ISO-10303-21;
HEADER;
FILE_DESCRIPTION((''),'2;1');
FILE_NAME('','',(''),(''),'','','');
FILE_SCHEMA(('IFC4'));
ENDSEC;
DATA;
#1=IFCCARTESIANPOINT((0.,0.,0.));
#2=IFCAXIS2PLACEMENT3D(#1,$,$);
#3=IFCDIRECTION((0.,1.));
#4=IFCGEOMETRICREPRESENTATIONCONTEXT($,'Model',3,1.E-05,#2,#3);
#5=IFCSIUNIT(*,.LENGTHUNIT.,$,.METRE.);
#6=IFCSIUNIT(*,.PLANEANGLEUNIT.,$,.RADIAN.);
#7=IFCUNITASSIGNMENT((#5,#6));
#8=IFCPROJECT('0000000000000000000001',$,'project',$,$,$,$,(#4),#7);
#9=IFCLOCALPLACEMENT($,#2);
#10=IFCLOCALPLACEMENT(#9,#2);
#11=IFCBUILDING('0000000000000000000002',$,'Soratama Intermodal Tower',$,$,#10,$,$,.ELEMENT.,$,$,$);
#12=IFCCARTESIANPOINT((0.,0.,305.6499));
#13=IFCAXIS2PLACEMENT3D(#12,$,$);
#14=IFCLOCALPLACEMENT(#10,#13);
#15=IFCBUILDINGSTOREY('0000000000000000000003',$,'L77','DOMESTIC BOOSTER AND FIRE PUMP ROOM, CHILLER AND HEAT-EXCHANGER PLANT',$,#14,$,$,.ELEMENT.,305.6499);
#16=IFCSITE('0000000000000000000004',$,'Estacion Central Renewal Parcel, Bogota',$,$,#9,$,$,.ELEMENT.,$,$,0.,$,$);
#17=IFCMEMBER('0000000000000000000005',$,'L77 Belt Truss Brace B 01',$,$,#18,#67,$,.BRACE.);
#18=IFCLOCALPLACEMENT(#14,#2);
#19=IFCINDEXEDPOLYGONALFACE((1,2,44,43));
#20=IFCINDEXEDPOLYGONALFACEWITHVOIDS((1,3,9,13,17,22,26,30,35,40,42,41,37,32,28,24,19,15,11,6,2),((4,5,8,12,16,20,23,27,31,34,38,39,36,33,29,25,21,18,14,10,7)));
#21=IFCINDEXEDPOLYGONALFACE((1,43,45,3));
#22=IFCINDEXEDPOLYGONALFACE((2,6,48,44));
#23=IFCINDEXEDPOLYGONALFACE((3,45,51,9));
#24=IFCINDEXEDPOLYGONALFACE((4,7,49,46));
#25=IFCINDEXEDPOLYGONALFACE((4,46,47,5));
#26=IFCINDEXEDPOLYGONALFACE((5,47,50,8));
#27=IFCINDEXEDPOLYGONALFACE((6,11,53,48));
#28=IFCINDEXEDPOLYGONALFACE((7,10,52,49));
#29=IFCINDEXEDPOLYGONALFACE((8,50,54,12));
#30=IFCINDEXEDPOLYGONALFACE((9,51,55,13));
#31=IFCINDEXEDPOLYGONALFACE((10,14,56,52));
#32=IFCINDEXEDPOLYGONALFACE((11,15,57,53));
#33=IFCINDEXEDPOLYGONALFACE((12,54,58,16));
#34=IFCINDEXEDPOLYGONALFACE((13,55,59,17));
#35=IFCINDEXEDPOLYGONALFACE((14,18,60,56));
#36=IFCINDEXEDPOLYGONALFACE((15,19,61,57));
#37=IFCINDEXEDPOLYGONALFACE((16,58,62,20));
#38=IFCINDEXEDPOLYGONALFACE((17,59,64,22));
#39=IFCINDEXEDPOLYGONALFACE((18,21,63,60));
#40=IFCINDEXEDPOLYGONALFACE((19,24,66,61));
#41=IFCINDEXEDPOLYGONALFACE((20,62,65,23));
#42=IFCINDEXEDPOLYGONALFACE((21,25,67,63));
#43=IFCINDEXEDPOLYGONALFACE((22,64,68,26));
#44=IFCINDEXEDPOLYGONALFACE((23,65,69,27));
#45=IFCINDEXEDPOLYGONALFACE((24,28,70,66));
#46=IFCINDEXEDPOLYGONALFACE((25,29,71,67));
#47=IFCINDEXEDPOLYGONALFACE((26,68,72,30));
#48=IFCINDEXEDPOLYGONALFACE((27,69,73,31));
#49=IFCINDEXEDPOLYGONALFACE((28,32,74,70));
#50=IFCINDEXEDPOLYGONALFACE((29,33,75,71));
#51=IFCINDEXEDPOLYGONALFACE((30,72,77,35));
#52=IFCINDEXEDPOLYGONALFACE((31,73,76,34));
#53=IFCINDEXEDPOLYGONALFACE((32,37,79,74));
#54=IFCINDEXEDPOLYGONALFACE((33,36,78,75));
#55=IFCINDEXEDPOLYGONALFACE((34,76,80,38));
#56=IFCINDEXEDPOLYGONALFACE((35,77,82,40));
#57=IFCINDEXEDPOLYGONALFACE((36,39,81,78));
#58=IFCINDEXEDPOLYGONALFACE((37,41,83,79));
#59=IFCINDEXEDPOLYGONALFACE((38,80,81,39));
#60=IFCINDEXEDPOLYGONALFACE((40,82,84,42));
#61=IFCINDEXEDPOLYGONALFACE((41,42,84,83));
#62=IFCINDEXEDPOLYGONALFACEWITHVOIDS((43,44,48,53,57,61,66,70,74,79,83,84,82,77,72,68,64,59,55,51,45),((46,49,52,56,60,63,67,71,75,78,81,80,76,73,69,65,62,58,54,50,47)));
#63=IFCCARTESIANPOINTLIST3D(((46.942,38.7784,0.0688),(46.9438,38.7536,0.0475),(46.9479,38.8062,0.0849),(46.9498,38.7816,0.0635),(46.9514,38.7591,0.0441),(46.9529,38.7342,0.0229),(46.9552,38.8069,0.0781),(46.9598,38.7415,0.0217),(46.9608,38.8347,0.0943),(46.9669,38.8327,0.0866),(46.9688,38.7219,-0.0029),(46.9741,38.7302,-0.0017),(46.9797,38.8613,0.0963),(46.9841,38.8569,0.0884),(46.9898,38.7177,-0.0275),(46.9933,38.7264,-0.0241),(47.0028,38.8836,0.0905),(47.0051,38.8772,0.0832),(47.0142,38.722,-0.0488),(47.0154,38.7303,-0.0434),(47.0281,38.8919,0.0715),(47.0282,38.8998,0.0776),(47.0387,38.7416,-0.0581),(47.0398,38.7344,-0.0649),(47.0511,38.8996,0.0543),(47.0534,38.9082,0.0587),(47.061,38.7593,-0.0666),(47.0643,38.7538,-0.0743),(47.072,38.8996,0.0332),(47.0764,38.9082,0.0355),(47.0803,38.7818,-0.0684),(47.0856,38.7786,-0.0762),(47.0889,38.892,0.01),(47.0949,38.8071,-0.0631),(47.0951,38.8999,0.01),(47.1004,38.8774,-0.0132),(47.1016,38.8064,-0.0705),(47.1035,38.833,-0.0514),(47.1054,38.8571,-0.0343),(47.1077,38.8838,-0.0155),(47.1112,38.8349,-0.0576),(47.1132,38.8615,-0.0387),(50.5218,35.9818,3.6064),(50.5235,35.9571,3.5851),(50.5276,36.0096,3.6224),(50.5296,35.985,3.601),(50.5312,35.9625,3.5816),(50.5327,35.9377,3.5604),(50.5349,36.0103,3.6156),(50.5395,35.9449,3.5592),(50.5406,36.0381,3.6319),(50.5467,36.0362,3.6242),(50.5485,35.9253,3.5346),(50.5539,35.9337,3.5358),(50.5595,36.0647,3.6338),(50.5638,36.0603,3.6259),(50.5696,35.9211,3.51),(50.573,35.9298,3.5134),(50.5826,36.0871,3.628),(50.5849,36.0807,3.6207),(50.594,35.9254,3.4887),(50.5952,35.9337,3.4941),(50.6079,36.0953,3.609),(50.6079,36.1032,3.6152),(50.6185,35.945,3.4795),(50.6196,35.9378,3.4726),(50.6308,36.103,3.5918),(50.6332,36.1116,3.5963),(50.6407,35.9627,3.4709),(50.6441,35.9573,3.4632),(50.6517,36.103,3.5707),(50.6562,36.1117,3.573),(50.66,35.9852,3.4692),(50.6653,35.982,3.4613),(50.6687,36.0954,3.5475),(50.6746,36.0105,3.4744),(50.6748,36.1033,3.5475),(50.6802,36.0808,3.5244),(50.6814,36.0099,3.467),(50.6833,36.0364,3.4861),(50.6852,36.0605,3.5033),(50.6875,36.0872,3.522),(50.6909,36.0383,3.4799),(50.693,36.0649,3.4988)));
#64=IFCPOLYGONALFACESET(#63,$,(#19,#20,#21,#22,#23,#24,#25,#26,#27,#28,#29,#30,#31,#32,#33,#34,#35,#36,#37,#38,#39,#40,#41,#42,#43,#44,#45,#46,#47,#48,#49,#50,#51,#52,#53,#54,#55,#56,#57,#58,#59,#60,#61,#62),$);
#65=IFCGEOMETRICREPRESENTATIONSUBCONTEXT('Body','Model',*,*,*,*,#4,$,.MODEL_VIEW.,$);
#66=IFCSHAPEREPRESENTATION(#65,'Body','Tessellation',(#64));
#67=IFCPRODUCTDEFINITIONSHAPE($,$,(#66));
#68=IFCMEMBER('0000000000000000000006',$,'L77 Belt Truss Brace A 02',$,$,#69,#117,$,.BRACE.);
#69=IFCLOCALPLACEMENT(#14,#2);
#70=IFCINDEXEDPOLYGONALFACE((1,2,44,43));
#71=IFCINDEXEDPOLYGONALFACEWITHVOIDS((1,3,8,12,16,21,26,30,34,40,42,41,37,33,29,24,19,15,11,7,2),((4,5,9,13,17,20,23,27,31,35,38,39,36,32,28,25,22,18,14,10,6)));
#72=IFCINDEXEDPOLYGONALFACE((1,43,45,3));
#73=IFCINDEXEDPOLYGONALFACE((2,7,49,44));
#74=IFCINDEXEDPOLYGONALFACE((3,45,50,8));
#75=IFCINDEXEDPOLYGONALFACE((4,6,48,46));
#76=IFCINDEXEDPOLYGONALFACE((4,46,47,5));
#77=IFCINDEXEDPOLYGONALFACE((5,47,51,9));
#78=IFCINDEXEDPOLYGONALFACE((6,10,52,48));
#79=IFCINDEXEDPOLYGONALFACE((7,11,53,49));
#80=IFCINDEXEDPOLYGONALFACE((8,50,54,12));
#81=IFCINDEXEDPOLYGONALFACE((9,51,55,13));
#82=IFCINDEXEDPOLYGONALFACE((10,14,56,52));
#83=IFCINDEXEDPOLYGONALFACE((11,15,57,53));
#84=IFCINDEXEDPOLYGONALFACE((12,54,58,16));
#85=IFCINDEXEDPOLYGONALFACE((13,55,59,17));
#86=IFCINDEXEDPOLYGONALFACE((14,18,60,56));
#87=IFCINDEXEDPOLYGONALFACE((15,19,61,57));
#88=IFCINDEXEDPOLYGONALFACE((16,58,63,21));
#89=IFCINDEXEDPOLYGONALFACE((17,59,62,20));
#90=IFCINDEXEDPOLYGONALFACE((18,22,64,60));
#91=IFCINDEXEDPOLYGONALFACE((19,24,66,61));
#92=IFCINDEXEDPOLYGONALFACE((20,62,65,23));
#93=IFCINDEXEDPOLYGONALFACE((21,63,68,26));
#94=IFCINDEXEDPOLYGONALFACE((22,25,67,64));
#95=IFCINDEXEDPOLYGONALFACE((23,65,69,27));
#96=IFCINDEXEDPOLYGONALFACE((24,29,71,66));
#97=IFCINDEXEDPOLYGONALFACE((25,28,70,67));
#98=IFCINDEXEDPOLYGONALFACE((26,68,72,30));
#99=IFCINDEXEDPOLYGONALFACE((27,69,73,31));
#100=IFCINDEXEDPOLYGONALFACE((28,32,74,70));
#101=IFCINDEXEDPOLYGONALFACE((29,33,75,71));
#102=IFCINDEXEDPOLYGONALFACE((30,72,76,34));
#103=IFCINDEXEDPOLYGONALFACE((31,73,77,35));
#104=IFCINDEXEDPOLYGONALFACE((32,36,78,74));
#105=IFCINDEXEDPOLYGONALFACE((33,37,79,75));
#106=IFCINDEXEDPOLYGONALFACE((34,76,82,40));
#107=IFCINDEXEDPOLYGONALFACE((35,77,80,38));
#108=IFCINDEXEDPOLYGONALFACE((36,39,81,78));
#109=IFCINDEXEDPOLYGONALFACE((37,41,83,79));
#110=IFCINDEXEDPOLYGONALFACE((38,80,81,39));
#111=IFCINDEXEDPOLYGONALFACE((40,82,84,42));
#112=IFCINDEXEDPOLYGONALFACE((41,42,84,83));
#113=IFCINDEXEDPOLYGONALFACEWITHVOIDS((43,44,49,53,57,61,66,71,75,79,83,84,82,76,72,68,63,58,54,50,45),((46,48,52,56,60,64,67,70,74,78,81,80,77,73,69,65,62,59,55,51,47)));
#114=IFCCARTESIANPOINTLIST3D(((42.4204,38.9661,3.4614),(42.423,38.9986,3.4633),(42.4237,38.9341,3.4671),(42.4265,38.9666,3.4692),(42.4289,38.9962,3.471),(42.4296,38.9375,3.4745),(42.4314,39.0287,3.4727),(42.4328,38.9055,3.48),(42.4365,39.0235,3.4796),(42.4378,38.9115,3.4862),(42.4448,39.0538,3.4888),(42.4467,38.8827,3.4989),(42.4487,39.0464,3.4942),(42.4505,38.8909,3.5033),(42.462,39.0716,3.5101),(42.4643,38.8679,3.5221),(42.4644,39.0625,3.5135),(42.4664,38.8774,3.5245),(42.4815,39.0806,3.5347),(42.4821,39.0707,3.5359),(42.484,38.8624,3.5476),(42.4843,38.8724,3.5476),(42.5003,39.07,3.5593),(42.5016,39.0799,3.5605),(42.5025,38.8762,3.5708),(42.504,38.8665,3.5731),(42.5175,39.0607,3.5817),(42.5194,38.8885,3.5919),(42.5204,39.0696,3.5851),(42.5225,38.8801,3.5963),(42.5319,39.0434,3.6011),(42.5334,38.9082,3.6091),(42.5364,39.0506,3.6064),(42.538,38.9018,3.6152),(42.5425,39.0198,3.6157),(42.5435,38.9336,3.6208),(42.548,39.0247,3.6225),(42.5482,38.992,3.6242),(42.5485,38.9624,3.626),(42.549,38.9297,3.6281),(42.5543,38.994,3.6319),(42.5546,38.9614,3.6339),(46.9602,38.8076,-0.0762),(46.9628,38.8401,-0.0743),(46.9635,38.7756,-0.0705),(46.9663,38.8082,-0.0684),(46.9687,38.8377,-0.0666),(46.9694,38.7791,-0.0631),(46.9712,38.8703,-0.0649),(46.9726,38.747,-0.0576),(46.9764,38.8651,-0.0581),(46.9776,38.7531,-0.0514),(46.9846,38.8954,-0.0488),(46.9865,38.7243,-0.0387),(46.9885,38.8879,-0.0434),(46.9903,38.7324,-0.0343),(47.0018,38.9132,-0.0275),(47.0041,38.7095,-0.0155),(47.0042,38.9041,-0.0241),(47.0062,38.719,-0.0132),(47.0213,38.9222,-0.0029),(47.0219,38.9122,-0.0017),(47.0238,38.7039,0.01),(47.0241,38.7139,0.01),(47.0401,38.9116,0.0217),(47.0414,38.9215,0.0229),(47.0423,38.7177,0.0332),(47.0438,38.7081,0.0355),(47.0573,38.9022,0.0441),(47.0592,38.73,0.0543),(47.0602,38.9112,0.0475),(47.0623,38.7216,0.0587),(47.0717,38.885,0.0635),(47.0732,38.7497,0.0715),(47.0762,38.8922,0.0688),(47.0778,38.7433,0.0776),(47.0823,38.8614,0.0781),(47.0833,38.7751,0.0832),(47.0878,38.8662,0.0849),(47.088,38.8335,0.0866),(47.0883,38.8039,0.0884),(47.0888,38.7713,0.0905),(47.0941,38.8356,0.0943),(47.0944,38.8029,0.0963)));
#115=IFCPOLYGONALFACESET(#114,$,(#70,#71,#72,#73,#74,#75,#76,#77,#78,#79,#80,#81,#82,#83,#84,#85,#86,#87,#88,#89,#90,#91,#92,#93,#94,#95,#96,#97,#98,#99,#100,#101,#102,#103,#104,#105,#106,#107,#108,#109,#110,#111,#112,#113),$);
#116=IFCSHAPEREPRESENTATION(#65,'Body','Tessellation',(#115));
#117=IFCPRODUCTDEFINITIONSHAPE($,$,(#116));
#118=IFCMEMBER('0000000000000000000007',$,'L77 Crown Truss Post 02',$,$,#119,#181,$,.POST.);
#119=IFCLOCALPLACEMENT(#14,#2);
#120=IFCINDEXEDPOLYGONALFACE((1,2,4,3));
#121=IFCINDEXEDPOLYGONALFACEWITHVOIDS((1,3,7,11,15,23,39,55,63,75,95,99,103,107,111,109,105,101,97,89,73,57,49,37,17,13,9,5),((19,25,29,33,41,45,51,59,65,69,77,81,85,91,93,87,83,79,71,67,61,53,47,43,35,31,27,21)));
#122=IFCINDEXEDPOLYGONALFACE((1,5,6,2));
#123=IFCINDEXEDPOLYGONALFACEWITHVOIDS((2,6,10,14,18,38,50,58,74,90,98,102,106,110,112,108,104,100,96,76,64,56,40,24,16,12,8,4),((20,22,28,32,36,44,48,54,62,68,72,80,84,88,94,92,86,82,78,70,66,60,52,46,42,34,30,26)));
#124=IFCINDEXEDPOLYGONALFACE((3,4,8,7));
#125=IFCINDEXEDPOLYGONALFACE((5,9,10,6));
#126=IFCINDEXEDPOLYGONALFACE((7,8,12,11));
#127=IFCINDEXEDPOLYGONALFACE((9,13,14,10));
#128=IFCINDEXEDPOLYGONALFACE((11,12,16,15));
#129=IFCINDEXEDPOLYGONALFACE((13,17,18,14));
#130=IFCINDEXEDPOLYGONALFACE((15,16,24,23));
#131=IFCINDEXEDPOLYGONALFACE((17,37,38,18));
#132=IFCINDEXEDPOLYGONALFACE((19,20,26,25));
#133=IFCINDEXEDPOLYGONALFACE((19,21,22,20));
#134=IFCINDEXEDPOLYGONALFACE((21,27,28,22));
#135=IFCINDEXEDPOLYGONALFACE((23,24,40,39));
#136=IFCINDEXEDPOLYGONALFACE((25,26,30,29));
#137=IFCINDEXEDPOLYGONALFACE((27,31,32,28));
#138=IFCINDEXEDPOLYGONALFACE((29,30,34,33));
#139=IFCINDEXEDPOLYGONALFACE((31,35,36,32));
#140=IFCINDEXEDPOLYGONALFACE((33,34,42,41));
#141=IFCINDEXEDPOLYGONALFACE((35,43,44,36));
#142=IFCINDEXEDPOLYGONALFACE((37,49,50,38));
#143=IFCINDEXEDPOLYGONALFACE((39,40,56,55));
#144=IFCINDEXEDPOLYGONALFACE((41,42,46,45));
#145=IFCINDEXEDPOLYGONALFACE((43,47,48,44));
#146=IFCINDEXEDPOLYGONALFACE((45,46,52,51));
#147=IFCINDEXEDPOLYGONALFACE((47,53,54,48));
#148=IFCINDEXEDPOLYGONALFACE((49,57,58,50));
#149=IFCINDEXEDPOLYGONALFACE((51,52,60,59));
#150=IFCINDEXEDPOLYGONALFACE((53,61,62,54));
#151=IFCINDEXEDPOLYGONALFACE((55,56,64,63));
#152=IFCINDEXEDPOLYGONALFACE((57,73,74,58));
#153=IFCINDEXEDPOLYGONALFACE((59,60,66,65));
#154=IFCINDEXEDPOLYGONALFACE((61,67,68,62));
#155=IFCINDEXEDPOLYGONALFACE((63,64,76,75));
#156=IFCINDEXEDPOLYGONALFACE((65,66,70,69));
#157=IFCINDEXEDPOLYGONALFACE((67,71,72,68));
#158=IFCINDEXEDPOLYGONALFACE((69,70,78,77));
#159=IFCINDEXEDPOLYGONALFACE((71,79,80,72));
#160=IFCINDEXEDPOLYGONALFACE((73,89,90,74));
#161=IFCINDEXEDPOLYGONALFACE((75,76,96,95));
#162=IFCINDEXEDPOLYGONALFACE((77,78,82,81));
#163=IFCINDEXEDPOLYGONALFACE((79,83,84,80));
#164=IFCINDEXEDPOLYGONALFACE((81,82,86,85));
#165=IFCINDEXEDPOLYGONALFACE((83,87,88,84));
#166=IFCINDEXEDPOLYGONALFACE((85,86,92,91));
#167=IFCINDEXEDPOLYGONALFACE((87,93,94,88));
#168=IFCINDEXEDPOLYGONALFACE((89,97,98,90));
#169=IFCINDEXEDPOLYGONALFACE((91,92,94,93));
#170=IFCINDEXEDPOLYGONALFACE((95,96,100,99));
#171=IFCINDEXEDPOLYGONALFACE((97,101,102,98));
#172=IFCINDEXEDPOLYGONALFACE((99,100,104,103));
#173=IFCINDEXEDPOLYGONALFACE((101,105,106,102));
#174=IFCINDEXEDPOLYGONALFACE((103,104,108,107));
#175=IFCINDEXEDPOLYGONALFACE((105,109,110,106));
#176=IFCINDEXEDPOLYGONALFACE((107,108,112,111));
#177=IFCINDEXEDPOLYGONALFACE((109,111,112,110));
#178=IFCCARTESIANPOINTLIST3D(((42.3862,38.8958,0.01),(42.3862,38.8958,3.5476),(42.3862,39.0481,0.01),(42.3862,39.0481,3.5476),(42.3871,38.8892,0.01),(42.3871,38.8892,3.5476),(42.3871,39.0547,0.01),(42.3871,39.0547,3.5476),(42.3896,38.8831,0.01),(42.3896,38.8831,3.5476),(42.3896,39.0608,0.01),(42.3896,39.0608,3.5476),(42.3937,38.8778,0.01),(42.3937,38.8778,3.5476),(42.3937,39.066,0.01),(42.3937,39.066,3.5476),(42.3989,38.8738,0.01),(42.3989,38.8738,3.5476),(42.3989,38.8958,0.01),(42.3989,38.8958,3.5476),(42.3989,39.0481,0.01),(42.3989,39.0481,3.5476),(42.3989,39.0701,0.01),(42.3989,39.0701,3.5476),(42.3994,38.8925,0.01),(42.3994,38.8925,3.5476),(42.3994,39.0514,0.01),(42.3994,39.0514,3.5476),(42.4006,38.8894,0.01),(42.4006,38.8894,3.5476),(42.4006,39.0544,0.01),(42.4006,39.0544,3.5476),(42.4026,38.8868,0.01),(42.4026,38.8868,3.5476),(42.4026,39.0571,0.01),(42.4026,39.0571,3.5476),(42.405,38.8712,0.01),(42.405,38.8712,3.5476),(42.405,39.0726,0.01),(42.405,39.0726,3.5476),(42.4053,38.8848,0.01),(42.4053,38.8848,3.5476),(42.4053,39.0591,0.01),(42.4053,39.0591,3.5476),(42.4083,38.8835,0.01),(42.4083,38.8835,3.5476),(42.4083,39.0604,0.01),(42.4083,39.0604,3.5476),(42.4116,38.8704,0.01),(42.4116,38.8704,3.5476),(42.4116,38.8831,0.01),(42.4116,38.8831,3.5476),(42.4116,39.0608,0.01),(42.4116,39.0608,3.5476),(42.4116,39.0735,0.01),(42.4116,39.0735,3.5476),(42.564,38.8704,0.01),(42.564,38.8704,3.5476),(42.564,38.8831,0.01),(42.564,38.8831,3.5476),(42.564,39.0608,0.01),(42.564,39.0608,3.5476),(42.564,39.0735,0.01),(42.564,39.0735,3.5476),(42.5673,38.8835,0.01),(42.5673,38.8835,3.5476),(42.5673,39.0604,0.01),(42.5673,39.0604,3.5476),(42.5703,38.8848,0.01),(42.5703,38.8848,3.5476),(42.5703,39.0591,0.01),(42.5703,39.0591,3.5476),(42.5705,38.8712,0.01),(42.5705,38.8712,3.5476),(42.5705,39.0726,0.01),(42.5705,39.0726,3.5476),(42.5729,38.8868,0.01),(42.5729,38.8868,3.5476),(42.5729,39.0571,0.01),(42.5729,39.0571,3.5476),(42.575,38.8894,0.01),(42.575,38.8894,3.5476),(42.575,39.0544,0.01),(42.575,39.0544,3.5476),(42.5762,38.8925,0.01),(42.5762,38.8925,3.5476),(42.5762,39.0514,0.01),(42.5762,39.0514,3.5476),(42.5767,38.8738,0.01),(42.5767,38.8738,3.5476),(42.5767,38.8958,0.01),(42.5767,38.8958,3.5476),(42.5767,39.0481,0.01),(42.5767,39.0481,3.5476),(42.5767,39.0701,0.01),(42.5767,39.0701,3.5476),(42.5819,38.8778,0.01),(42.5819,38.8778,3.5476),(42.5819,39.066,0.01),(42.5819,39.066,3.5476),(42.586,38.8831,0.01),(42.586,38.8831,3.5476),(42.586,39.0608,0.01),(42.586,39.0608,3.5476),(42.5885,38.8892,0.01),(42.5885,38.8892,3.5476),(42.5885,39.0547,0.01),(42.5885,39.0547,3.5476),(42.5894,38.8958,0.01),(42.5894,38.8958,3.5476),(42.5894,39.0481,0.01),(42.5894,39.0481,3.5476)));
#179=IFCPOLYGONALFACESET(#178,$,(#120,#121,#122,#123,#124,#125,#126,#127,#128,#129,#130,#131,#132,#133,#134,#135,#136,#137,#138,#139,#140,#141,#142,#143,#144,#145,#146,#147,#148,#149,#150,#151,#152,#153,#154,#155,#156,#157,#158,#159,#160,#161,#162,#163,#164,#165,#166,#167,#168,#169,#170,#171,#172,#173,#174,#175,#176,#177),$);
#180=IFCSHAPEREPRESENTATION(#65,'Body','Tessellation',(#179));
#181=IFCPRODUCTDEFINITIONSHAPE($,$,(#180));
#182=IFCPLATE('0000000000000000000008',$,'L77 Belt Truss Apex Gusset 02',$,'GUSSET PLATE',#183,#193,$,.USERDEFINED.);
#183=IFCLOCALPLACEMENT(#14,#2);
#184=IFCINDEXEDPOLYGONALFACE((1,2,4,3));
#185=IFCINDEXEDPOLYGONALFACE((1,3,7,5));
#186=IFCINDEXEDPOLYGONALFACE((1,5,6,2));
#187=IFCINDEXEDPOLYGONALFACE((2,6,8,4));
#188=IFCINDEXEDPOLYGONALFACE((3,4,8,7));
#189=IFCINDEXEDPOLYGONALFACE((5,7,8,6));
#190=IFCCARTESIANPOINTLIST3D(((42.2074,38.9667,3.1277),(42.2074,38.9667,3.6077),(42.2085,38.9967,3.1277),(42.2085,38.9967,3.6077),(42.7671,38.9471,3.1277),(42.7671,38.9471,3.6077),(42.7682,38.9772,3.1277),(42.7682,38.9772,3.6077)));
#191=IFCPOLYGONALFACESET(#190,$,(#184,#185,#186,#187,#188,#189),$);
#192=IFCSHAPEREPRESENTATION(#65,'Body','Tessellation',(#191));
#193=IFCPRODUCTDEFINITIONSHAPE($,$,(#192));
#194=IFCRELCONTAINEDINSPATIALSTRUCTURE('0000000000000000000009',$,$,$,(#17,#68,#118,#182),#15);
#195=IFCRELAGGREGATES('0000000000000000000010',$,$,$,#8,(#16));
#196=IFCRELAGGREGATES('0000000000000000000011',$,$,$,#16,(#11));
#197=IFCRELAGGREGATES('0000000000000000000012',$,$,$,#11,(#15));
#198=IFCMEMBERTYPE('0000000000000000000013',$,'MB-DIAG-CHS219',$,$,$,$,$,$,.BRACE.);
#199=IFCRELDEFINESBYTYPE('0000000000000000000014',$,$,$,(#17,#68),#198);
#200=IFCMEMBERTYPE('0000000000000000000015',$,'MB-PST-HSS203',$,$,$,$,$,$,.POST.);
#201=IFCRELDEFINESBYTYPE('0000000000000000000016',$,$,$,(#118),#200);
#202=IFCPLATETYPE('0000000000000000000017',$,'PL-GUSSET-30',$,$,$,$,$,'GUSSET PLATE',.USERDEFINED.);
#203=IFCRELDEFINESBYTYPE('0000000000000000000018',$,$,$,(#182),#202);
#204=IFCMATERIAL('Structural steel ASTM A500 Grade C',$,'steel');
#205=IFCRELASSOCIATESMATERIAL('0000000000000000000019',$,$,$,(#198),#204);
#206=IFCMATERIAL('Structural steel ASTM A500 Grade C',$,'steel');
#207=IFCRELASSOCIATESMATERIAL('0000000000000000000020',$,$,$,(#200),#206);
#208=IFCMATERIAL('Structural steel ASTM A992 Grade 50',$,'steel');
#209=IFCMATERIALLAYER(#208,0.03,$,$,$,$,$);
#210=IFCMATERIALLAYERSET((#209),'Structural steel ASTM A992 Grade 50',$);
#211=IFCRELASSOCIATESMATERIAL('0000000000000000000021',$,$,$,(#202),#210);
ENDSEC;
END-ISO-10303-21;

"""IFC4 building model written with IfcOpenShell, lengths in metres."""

from ifc_helpers import new_model, si_unit, direction, frame, origin, origin_2d, place, context, subcontext, project, spatial, rectangle, hollow_rectangle, hollow_circle, extrude, material, layer, layer_set, material_profile, profile_set, type_object, element, save


model = new_model("IFC4")

# Units and contexts
model_context = context("Model", 3, precision=1e-05, world=origin(), true_north=direction((0.0, 1.0)))
body_context = subcontext(model_context, "Body", "Model", "MODEL_VIEW")
ifc_project = project(units=[si_unit("LENGTHUNIT", "METRE"), si_unit("PLANEANGLEUNIT", "RADIAN")], contexts=[model_context])

# Site, building, storey
site_placement = place(None, origin())
site = spatial("IfcSite", under=ifc_project, at=site_placement, Name="Estacion Central Renewal Parcel, Bogota", CompositionType="ELEMENT", RefElevation=0.0)
building_placement = place(site_placement, origin())
building = spatial("IfcBuilding", under=site, at=building_placement, Name="Soratama Intermodal Tower", CompositionType="ELEMENT")
storey_placement = place(building_placement, frame((0.0, 0.0, 305.6499)))
storey = spatial("IfcBuildingStorey", under=building, at=storey_placement, Name="L77", Description="DOMESTIC BOOSTER AND FIRE PUMP ROOM, CHILLER AND HEAT-EXCHANGER PLANT", CompositionType="ELEMENT", Elevation=305.6499)

# Members
ifc_material_1 = material(Name="Structural steel ASTM A500 Grade C", Category="steel")
ifc_material_profile_1 = material_profile(ifc_material_1, hollow_circle(Radius=0.1096, WallThickness=0.01, at=origin_2d()), Name="CHS219X10")
ifc_profile_set_1 = profile_set([ifc_material_profile_1], Name="Structural steel ASTM A500 Grade C")
member_type_1 = type_object("IfcMemberType", Name="MB-DIAG-CHS219", PredefinedType="BRACE", material=ifc_profile_set_1)
for number, where, z_axis, x_axis, name in (
    (1, (47.0276, 38.8135, 0.01), (0.621749, -0.485721, 0.614413), (0.615628, 0.788037, 0.0), "L77 Belt Truss Brace B 01"),
    (2, (47.0276, 38.8135, 0.01), (-0.788494, 0.02752, 0.614427), (-0.034881, -0.999391, 0.0), "L77 Belt Truss Brace A 02"),
):
    element("IfcMember", number, at=place(storey_placement, frame(where, z_axis=z_axis, x_axis=x_axis)), inside=storey, type_object=member_type_1, Name=name, PredefinedType="BRACE", context=body_context, shape_type="SweptSolid", body=[
        extrude(hollow_circle(Radius=0.1096, WallThickness=0.01, at=origin_2d()), origin(), (0.0, 0.0, 1.0), 5.7576),
    ])
ifc_material_2 = material(Name="Structural steel ASTM A500 Grade C", Category="steel")
ifc_material_profile_2 = material_profile(ifc_material_2, hollow_rectangle(XDim=0.2031, YDim=0.2031, WallThickness=0.0127, InnerFilletRadius=0.0127, OuterFilletRadius=0.0254, at=origin_2d()), Name="HSS203X203X12.7")
ifc_profile_set_2 = profile_set([ifc_material_profile_2], Name="Structural steel ASTM A500 Grade C")
member_type_2 = type_object("IfcMemberType", Name="MB-PST-HSS203", PredefinedType="POST", material=ifc_profile_set_2)
member_placement = place(storey_placement, frame((42.4878, 38.9719, 0.01), z_axis=(0.0, 0.0, 1.0), x_axis=(1.0, 0.0, 0.0)))
element("IfcMember", 3, at=member_placement, inside=storey, type_object=member_type_2, Name="L77 Crown Truss Post 02", PredefinedType="POST", context=body_context, shape_type="SweptSolid", body=[
    extrude(hollow_rectangle(XDim=0.2031, YDim=0.2031, WallThickness=0.0127, InnerFilletRadius=0.0127, OuterFilletRadius=0.0254, at=origin_2d()), origin(), (0.0, 0.0, 1.0), 3.5376),
])

# Plate
ifc_material_3 = material(Name="Structural steel ASTM A992 Grade 50", Category="steel")
ifc_layer_1 = layer(ifc_material_3, 0.03)
ifc_layer_set_1 = layer_set([ifc_layer_1], Name="Structural steel ASTM A992 Grade 50")
plate_type = type_object("IfcPlateType", Name="PL-GUSSET-30", ElementType="GUSSET PLATE", PredefinedType="USERDEFINED", material=ifc_layer_set_1)
plate_placement = place(storey_placement, frame((42.4878, 38.9719, 3.1277), z_axis=(0.0, 0.0, 1.0), x_axis=(-0.999391, 0.034899, 0.0)))
element("IfcPlate", 4, at=plate_placement, inside=storey, type_object=plate_type, Name="L77 Belt Truss Apex Gusset 02", ObjectType="GUSSET PLATE", PredefinedType="USERDEFINED", context=body_context, shape_type="SweptSolid", body=[
    extrude(rectangle(XDim=0.5601, YDim=0.03, at=origin_2d()), origin(), (0.0, 0.0, 1.0), 0.48),
])

save(model, "model.ifc")
